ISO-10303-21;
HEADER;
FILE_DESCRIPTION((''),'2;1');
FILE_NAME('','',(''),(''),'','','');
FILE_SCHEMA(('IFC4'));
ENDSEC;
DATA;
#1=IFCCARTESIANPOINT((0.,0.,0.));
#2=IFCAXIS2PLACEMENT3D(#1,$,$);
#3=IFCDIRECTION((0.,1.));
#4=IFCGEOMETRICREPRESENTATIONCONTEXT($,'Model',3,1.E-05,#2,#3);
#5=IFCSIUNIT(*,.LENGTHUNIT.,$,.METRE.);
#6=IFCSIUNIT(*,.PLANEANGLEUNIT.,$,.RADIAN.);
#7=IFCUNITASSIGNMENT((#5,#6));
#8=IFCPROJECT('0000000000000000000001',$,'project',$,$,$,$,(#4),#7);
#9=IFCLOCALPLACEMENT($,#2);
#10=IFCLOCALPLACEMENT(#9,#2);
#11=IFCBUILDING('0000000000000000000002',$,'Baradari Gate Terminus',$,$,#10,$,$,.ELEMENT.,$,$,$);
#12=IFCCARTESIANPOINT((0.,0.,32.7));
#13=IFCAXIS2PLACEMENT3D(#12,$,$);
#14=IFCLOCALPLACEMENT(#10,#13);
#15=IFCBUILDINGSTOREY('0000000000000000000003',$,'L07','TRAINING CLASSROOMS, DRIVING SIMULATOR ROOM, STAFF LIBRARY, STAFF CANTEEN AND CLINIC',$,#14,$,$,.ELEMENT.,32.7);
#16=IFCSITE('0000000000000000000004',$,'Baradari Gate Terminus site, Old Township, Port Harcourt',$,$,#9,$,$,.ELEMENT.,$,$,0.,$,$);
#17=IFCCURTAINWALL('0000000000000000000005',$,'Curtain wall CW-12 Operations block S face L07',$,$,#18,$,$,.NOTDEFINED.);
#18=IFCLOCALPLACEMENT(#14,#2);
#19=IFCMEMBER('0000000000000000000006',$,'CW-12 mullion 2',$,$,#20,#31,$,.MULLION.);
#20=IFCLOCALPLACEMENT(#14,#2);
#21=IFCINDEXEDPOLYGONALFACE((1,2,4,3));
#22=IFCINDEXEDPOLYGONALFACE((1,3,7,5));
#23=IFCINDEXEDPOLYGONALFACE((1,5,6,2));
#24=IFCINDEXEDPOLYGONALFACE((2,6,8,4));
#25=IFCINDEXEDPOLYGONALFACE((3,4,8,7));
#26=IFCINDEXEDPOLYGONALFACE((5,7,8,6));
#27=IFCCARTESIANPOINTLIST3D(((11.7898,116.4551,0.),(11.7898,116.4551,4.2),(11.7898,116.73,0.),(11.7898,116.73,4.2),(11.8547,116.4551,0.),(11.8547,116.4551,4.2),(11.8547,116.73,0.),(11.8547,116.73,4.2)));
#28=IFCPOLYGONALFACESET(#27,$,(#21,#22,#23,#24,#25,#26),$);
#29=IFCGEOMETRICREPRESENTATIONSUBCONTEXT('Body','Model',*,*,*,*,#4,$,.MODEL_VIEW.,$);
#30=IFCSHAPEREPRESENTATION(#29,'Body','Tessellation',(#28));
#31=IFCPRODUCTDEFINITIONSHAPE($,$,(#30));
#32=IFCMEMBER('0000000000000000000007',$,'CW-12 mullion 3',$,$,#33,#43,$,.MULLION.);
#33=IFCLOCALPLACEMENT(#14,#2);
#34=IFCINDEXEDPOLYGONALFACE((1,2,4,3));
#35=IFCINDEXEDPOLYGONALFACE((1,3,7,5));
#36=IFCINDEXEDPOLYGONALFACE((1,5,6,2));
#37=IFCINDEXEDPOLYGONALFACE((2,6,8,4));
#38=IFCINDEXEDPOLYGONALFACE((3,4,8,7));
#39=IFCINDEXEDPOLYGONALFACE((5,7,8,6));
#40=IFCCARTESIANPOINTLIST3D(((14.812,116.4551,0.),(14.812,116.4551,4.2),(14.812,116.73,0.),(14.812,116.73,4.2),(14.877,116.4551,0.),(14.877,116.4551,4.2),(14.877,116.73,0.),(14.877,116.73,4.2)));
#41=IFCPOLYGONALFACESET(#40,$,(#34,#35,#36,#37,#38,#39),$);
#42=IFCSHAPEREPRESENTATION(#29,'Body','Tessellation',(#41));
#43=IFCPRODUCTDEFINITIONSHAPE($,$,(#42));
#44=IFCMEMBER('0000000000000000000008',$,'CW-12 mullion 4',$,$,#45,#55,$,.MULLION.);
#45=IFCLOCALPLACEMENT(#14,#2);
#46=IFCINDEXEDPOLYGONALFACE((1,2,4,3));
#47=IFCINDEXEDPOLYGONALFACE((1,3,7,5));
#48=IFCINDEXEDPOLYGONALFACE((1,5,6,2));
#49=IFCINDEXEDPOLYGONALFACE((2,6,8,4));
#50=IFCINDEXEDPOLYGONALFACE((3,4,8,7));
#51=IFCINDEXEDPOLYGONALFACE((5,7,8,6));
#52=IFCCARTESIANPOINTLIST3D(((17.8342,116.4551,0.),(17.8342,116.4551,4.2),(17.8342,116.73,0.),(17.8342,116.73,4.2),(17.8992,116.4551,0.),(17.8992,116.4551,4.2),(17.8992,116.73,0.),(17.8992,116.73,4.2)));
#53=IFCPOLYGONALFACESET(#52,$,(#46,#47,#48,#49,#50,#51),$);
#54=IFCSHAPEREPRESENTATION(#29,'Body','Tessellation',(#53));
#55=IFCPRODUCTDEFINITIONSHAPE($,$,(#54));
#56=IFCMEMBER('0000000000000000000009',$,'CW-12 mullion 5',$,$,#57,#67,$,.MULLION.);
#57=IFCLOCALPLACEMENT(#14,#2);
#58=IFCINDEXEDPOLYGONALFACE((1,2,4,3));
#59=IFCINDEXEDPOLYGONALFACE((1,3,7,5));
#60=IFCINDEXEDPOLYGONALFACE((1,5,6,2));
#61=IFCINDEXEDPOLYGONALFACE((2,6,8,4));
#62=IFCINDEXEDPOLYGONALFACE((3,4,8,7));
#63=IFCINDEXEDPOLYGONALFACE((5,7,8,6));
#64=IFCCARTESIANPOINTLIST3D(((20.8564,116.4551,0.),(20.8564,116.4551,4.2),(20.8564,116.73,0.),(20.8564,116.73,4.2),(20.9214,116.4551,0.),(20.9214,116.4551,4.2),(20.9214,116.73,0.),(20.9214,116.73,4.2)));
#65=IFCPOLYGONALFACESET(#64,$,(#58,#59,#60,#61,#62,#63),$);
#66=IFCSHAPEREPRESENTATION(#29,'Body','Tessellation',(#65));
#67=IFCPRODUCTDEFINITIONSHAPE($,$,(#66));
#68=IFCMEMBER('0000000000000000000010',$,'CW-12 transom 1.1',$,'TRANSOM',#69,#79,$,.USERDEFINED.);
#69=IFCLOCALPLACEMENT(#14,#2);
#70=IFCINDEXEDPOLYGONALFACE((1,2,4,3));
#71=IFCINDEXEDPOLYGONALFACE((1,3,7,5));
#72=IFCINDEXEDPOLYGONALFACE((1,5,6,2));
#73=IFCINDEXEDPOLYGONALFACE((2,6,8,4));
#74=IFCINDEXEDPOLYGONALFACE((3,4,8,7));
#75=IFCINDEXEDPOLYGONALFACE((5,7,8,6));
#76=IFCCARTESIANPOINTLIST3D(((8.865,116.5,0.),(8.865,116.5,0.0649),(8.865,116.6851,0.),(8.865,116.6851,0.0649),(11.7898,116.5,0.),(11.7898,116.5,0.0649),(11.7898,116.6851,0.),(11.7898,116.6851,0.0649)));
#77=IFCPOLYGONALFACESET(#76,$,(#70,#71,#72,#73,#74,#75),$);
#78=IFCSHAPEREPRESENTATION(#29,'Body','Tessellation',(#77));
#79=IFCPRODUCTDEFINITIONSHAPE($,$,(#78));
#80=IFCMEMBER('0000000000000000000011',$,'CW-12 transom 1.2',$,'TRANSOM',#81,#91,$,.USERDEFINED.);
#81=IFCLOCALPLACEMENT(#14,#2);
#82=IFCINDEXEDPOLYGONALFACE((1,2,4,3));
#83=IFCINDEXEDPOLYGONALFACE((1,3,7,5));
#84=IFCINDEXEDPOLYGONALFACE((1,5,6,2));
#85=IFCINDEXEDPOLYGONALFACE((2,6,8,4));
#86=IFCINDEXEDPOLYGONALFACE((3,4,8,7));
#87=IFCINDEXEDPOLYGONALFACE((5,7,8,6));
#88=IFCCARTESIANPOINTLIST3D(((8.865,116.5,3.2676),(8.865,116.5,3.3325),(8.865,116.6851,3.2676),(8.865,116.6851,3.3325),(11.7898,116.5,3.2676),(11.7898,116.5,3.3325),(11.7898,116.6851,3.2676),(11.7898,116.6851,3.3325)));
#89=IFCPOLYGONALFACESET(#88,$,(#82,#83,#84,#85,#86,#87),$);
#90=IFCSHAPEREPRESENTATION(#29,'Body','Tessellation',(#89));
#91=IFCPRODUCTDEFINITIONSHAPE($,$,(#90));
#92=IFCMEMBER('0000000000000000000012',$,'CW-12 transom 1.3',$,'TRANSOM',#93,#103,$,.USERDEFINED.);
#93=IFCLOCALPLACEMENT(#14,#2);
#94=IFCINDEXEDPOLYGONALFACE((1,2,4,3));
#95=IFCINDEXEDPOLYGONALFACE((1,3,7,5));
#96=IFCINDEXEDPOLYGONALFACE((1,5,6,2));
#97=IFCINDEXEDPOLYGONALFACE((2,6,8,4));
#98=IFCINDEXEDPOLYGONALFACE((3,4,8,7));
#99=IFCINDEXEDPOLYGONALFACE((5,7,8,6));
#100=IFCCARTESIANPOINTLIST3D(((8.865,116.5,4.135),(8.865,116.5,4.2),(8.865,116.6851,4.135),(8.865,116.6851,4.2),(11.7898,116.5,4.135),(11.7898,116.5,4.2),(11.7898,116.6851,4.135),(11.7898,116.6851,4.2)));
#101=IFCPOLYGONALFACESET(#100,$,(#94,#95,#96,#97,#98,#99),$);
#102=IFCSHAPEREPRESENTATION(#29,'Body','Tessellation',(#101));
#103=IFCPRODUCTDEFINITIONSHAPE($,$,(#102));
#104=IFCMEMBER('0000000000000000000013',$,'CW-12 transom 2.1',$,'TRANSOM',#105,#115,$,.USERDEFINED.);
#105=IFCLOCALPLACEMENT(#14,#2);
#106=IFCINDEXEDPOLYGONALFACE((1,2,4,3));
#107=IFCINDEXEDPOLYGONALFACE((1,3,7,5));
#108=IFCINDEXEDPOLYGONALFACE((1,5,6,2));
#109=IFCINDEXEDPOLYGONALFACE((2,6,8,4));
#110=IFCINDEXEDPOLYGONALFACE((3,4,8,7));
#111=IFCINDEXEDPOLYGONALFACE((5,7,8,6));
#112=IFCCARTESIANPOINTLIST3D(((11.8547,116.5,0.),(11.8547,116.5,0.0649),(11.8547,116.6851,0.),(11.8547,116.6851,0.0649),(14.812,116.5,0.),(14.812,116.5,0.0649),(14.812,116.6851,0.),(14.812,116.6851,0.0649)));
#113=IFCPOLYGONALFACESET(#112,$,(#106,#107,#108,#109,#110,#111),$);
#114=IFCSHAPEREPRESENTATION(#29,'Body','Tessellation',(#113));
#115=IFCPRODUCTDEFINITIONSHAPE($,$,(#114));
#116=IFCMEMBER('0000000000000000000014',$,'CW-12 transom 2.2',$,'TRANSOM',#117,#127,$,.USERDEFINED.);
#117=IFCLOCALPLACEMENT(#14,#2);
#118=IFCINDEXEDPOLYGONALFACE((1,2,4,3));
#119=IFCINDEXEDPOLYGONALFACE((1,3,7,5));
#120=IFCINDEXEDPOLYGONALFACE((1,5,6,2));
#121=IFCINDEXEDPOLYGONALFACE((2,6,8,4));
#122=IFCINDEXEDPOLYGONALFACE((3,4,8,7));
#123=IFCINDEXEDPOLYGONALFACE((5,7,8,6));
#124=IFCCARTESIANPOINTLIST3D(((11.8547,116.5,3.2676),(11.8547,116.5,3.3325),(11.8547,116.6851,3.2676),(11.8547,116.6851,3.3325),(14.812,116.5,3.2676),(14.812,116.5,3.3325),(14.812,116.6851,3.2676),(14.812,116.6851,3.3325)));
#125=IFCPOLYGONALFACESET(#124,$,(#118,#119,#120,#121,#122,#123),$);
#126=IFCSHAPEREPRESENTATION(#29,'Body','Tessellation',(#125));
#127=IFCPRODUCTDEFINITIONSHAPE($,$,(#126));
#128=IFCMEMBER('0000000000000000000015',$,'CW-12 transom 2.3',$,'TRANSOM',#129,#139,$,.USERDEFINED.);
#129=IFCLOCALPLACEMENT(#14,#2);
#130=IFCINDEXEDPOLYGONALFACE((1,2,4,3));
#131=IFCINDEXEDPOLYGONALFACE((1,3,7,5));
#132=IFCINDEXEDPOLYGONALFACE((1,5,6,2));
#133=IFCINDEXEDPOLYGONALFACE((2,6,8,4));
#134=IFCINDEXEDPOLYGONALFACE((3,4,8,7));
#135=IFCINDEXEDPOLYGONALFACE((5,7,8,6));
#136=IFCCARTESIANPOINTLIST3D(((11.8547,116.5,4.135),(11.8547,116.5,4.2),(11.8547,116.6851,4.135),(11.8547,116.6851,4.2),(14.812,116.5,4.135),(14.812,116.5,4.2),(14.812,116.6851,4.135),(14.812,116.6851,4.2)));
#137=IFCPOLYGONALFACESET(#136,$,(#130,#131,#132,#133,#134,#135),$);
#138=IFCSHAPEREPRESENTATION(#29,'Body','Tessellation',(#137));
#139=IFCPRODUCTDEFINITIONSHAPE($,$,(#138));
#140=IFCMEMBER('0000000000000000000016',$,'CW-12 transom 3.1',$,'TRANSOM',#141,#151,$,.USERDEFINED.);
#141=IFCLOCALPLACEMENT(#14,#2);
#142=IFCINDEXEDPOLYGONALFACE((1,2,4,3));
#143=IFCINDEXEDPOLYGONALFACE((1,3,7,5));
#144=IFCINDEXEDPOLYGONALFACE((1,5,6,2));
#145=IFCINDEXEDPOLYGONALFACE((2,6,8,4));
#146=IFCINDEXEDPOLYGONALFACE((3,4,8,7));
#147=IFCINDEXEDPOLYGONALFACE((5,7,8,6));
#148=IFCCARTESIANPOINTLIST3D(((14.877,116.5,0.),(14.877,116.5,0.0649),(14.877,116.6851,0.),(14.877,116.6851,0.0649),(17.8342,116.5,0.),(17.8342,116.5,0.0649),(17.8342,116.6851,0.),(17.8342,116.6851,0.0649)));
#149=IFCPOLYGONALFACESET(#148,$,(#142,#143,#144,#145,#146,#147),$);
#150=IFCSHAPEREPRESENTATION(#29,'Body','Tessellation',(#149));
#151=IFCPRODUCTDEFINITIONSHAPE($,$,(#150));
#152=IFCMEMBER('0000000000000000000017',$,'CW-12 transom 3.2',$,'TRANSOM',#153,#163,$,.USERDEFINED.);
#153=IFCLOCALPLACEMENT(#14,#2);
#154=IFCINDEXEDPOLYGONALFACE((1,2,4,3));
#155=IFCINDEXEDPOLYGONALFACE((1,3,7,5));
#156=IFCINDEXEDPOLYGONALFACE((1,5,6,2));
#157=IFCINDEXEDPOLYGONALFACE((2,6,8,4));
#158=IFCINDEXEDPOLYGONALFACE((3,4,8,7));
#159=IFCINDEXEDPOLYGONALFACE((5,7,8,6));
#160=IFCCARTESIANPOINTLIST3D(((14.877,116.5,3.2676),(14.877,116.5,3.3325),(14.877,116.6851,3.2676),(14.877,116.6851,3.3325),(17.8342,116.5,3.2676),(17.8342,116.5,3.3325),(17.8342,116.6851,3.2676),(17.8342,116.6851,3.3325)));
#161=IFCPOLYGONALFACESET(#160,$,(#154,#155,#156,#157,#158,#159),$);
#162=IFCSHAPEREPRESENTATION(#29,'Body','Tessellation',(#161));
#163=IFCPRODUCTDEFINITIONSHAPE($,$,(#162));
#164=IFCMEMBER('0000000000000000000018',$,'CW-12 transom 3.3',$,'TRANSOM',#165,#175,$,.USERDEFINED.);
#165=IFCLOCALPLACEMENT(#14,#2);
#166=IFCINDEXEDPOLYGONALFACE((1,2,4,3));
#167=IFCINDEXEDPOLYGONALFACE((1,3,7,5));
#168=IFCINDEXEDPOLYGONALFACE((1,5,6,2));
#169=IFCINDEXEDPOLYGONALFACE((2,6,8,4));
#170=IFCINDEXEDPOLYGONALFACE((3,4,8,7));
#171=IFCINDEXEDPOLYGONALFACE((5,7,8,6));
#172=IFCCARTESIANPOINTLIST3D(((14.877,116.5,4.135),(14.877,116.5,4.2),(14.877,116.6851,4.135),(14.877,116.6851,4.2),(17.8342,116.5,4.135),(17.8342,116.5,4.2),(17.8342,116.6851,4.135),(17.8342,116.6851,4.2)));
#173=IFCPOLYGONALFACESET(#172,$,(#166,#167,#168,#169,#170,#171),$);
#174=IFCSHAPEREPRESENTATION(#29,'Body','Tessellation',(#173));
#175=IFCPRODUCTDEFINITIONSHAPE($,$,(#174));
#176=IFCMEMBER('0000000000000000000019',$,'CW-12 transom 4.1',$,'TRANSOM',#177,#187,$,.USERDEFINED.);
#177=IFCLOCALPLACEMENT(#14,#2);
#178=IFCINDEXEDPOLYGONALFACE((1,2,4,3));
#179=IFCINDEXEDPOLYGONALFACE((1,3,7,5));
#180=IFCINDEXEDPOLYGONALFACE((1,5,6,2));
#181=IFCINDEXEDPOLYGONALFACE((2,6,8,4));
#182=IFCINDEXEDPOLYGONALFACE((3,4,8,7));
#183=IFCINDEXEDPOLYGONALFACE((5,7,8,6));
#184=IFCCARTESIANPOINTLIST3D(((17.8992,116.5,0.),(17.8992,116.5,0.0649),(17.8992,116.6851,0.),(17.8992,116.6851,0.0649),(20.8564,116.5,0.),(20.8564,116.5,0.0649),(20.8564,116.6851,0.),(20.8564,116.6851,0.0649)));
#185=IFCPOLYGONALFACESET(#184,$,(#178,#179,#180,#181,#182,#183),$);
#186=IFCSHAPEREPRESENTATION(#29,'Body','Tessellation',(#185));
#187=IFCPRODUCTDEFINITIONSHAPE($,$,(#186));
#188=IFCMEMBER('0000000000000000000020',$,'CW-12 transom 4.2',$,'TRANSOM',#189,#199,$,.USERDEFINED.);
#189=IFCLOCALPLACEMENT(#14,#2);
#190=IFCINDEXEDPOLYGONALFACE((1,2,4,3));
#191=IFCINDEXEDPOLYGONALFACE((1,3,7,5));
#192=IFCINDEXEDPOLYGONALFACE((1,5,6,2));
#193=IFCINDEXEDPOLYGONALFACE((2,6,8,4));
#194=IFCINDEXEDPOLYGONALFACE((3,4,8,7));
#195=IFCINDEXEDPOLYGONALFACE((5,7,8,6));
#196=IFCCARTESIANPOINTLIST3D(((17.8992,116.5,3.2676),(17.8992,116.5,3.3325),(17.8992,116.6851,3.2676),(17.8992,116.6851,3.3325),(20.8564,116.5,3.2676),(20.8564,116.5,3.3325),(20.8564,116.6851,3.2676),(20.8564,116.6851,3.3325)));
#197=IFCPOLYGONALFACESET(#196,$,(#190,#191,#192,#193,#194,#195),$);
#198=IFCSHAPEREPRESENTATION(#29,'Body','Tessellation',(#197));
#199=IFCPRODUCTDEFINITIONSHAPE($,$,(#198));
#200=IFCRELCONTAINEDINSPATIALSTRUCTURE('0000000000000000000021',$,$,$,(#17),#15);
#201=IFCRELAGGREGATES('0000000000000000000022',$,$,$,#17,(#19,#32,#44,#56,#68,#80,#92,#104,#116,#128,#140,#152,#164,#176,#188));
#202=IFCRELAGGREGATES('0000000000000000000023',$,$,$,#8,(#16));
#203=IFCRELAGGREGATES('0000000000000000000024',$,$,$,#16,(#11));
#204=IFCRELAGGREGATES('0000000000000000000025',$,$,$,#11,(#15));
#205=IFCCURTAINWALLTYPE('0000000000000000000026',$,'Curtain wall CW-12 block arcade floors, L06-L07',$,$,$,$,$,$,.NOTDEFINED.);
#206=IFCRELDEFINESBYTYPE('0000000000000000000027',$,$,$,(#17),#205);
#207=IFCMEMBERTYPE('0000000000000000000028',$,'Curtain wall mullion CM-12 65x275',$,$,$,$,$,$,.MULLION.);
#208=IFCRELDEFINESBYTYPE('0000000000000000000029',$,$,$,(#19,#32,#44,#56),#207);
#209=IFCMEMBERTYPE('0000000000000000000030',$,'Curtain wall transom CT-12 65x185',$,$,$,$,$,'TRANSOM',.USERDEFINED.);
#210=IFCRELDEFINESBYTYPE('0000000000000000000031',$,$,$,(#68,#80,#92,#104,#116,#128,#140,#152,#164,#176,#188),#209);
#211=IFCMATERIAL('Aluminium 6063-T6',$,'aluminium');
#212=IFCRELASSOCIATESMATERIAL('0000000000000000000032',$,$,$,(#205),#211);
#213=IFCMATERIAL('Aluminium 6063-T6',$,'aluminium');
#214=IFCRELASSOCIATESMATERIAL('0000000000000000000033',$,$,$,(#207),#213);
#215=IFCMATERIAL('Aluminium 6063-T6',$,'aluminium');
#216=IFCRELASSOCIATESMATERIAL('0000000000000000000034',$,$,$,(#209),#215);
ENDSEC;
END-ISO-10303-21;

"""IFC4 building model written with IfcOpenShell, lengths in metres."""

from ifc_helpers import new_model, si_unit, direction, frame, origin, origin_2d, place, context, subcontext, project, spatial, rectangle, extrude, material, material_profile, profile_set, type_object, element, aggregate, save


model = new_model("IFC4")

# Units and contexts
model_context = context("Model", 3, precision=1e-05, world=origin(), true_north=direction((0.0, 1.0)))
body_context = subcontext(model_context, "Body", "Model", "MODEL_VIEW")
ifc_project = project(units=[si_unit("LENGTHUNIT", "METRE"), si_unit("PLANEANGLEUNIT", "RADIAN")], contexts=[model_context])

# Site, building, storey
site_placement = place(None, origin())
site = spatial("IfcSite", under=ifc_project, at=site_placement, Name="Baradari Gate Terminus site, Old Township, Port Harcourt", CompositionType="ELEMENT", RefElevation=0.0)
building_placement = place(site_placement, origin())
building = spatial("IfcBuilding", under=site, at=building_placement, Name="Baradari Gate Terminus", CompositionType="ELEMENT")
storey_placement = place(building_placement, frame((0.0, 0.0, 32.7)))
storey = spatial("IfcBuildingStorey", under=building, at=storey_placement, Name="L07", Description="TRAINING CLASSROOMS, DRIVING SIMULATOR ROOM, STAFF LIBRARY, STAFF CANTEEN AND CLINIC", CompositionType="ELEMENT", Elevation=32.7)

# Curtain wall, members
ifc_material_1 = material(Name="Aluminium 6063-T6", Category="aluminium")
curtain_wall_type = type_object("IfcCurtainWallType", Name="Curtain wall CW-12 block arcade floors, L06-L07", PredefinedType="NOTDEFINED", material=ifc_material_1)
curtain_wall_placement = place(storey_placement, origin())
curtain_wall = element("IfcCurtainWall", 1, at=curtain_wall_placement, inside=storey, type_object=curtain_wall_type, Name="Curtain wall CW-12 Operations block S face L07", PredefinedType="NOTDEFINED")
ifc_material_2 = material(Name="Aluminium 6063-T6", Category="aluminium")
ifc_material_profile_1 = material_profile(ifc_material_2, rectangle(XDim=0.2749, YDim=0.0649, at=origin_2d()), Name="CM-12 65X275")
ifc_profile_set_1 = profile_set([ifc_material_profile_1], Name="Aluminium 6063-T6")
member_type_1 = type_object("IfcMemberType", Name="Curtain wall mullion CM-12 65x275", PredefinedType="MULLION", material=ifc_profile_set_1)
member_1_placement = place(storey_placement, frame((11.8223, 116.5925, 0.0), z_axis=(0.0, 0.0, 1.0), x_axis=(0.0, 1.0, 0.0)))
member_1 = element("IfcMember", 2, at=member_1_placement, type_object=member_type_1, Name="CW-12 mullion 2", PredefinedType="MULLION", context=body_context, shape_type="SweptSolid", body=[
    extrude(rectangle(XDim=0.2749, YDim=0.0649, at=origin_2d()), origin(), (0.0, 0.0, 1.0), 4.2),
])
member_2_placement = place(storey_placement, frame((14.8445, 116.5925, 0.0), z_axis=(0.0, 0.0, 1.0), x_axis=(0.0, 1.0, 0.0)))
member_2 = element("IfcMember", 3, at=member_2_placement, type_object=member_type_1, Name="CW-12 mullion 3", PredefinedType="MULLION", context=body_context, shape_type="SweptSolid", body=[
    extrude(rectangle(XDim=0.2749, YDim=0.0649, at=origin_2d()), origin(), (0.0, 0.0, 1.0), 4.2),
])
member_3_placement = place(storey_placement, frame((17.8667, 116.5925, 0.0), z_axis=(0.0, 0.0, 1.0), x_axis=(0.0, 1.0, 0.0)))
member_3 = element("IfcMember", 4, at=member_3_placement, type_object=member_type_1, Name="CW-12 mullion 4", PredefinedType="MULLION", context=body_context, shape_type="SweptSolid", body=[
    extrude(rectangle(XDim=0.2749, YDim=0.0649, at=origin_2d()), origin(), (0.0, 0.0, 1.0), 4.2),
])
member_4_placement = place(storey_placement, frame((20.8889, 116.5925, 0.0), z_axis=(0.0, 0.0, 1.0), x_axis=(0.0, 1.0, 0.0)))
member_4 = element("IfcMember", 5, at=member_4_placement, type_object=member_type_1, Name="CW-12 mullion 5", PredefinedType="MULLION", context=body_context, shape_type="SweptSolid", body=[
    extrude(rectangle(XDim=0.2749, YDim=0.0649, at=origin_2d()), origin(), (0.0, 0.0, 1.0), 4.2),
])
ifc_material_3 = material(Name="Aluminium 6063-T6", Category="aluminium")
ifc_material_profile_2 = material_profile(ifc_material_3, rectangle(XDim=0.1851, YDim=0.0649, at=origin_2d()), Name="CT-12 65X185")
ifc_profile_set_2 = profile_set([ifc_material_profile_2], Name="Aluminium 6063-T6")
member_type_2 = type_object("IfcMemberType", Name="Curtain wall transom CT-12 65x185", ElementType="TRANSOM", PredefinedType="USERDEFINED", material=ifc_profile_set_2)
member_5_placement = place(storey_placement, frame((8.865, 116.5925, 0.0325), z_axis=(1.0, 0.0, 0.0), x_axis=(0.0, 1.0, 0.0)))
member_5 = element("IfcMember", 6, at=member_5_placement, type_object=member_type_2, Name="CW-12 transom 1.1", ObjectType="TRANSOM", PredefinedType="USERDEFINED", context=body_context, shape_type="SweptSolid", body=[
    extrude(rectangle(XDim=0.1851, YDim=0.0649, at=origin_2d()), origin(), (0.0, 0.0, 1.0), 2.9248),
])
member_6_placement = place(storey_placement, frame((8.865, 116.5925, 3.3), z_axis=(1.0, 0.0, 0.0), x_axis=(0.0, 1.0, 0.0)))
member_6 = element("IfcMember", 7, at=member_6_placement, type_object=member_type_2, Name="CW-12 transom 1.2", ObjectType="TRANSOM", PredefinedType="USERDEFINED", context=body_context, shape_type="SweptSolid", body=[
    extrude(rectangle(XDim=0.1851, YDim=0.0649, at=origin_2d()), origin(), (0.0, 0.0, 1.0), 2.9248),
])
member_7_placement = place(storey_placement, frame((8.865, 116.5925, 4.1675), z_axis=(1.0, 0.0, 0.0), x_axis=(0.0, 1.0, 0.0)))
member_7 = element("IfcMember", 8, at=member_7_placement, type_object=member_type_2, Name="CW-12 transom 1.3", ObjectType="TRANSOM", PredefinedType="USERDEFINED", context=body_context, shape_type="SweptSolid", body=[
    extrude(rectangle(XDim=0.1851, YDim=0.0649, at=origin_2d()), origin(), (0.0, 0.0, 1.0), 2.9248),
])
member_8_placement = place(storey_placement, frame((11.8547, 116.5925, 0.0325), z_axis=(1.0, 0.0, 0.0), x_axis=(0.0, 1.0, 0.0)))
member_8 = element("IfcMember", 9, at=member_8_placement, type_object=member_type_2, Name="CW-12 transom 2.1", ObjectType="TRANSOM", PredefinedType="USERDEFINED", context=body_context, shape_type="SweptSolid", body=[
    extrude(rectangle(XDim=0.1851, YDim=0.0649, at=origin_2d()), origin(), (0.0, 0.0, 1.0), 2.9573),
])
member_9_placement = place(storey_placement, frame((11.8547, 116.5925, 3.3), z_axis=(1.0, 0.0, 0.0), x_axis=(0.0, 1.0, 0.0)))
member_9 = element("IfcMember", 10, at=member_9_placement, type_object=member_type_2, Name="CW-12 transom 2.2", ObjectType="TRANSOM", PredefinedType="USERDEFINED", context=body_context, shape_type="SweptSolid", body=[
    extrude(rectangle(XDim=0.1851, YDim=0.0649, at=origin_2d()), origin(), (0.0, 0.0, 1.0), 2.9573),
])
member_10_placement = place(storey_placement, frame((11.8547, 116.5925, 4.1675), z_axis=(1.0, 0.0, 0.0), x_axis=(0.0, 1.0, 0.0)))
member_10 = element("IfcMember", 11, at=member_10_placement, type_object=member_type_2, Name="CW-12 transom 2.3", ObjectType="TRANSOM", PredefinedType="USERDEFINED", context=body_context, shape_type="SweptSolid", body=[
    extrude(rectangle(XDim=0.1851, YDim=0.0649, at=origin_2d()), origin(), (0.0, 0.0, 1.0), 2.9573),
])
member_11_placement = place(storey_placement, frame((14.877, 116.5925, 0.0325), z_axis=(1.0, 0.0, 0.0), x_axis=(0.0, 1.0, 0.0)))
member_11 = element("IfcMember", 12, at=member_11_placement, type_object=member_type_2, Name="CW-12 transom 3.1", ObjectType="TRANSOM", PredefinedType="USERDEFINED", context=body_context, shape_type="SweptSolid", body=[
    extrude(rectangle(XDim=0.1851, YDim=0.0649, at=origin_2d()), origin(), (0.0, 0.0, 1.0), 2.9573),
])
member_12_placement = place(storey_placement, frame((14.877, 116.5925, 3.3), z_axis=(1.0, 0.0, 0.0), x_axis=(0.0, 1.0, 0.0)))
member_12 = element("IfcMember", 13, at=member_12_placement, type_object=member_type_2, Name="CW-12 transom 3.2", ObjectType="TRANSOM", PredefinedType="USERDEFINED", context=body_context, shape_type="SweptSolid", body=[
    extrude(rectangle(XDim=0.1851, YDim=0.0649, at=origin_2d()), origin(), (0.0, 0.0, 1.0), 2.9573),
])
member_13_placement = place(storey_placement, frame((14.877, 116.5925, 4.1675), z_axis=(1.0, 0.0, 0.0), x_axis=(0.0, 1.0, 0.0)))
member_13 = element("IfcMember", 14, at=member_13_placement, type_object=member_type_2, Name="CW-12 transom 3.3", ObjectType="TRANSOM", PredefinedType="USERDEFINED", context=body_context, shape_type="SweptSolid", body=[
    extrude(rectangle(XDim=0.1851, YDim=0.0649, at=origin_2d()), origin(), (0.0, 0.0, 1.0), 2.9573),
])
member_14_placement = place(storey_placement, frame((17.8992, 116.5925, 0.0325), z_axis=(1.0, 0.0, 0.0), x_axis=(0.0, 1.0, 0.0)))
member_14 = element("IfcMember", 15, at=member_14_placement, type_object=member_type_2, Name="CW-12 transom 4.1", ObjectType="TRANSOM", PredefinedType="USERDEFINED", context=body_context, shape_type="SweptSolid", body=[
    extrude(rectangle(XDim=0.1851, YDim=0.0649, at=origin_2d()), origin(), (0.0, 0.0, 1.0), 2.9573),
])
member_15_placement = place(storey_placement, frame((17.8992, 116.5925, 3.3), z_axis=(1.0, 0.0, 0.0), x_axis=(0.0, 1.0, 0.0)))
member_15 = element("IfcMember", 16, at=member_15_placement, type_object=member_type_2, Name="CW-12 transom 4.2", ObjectType="TRANSOM", PredefinedType="USERDEFINED", context=body_context, shape_type="SweptSolid", body=[
    extrude(rectangle(XDim=0.1851, YDim=0.0649, at=origin_2d()), origin(), (0.0, 0.0, 1.0), 2.9573),
])
aggregate(curtain_wall, [member_1, member_2, member_3, member_4, member_5, member_6, member_7, member_8, member_9, member_10, member_11, member_12, member_13, member_14, member_15])

save(model, "model.ifc")
